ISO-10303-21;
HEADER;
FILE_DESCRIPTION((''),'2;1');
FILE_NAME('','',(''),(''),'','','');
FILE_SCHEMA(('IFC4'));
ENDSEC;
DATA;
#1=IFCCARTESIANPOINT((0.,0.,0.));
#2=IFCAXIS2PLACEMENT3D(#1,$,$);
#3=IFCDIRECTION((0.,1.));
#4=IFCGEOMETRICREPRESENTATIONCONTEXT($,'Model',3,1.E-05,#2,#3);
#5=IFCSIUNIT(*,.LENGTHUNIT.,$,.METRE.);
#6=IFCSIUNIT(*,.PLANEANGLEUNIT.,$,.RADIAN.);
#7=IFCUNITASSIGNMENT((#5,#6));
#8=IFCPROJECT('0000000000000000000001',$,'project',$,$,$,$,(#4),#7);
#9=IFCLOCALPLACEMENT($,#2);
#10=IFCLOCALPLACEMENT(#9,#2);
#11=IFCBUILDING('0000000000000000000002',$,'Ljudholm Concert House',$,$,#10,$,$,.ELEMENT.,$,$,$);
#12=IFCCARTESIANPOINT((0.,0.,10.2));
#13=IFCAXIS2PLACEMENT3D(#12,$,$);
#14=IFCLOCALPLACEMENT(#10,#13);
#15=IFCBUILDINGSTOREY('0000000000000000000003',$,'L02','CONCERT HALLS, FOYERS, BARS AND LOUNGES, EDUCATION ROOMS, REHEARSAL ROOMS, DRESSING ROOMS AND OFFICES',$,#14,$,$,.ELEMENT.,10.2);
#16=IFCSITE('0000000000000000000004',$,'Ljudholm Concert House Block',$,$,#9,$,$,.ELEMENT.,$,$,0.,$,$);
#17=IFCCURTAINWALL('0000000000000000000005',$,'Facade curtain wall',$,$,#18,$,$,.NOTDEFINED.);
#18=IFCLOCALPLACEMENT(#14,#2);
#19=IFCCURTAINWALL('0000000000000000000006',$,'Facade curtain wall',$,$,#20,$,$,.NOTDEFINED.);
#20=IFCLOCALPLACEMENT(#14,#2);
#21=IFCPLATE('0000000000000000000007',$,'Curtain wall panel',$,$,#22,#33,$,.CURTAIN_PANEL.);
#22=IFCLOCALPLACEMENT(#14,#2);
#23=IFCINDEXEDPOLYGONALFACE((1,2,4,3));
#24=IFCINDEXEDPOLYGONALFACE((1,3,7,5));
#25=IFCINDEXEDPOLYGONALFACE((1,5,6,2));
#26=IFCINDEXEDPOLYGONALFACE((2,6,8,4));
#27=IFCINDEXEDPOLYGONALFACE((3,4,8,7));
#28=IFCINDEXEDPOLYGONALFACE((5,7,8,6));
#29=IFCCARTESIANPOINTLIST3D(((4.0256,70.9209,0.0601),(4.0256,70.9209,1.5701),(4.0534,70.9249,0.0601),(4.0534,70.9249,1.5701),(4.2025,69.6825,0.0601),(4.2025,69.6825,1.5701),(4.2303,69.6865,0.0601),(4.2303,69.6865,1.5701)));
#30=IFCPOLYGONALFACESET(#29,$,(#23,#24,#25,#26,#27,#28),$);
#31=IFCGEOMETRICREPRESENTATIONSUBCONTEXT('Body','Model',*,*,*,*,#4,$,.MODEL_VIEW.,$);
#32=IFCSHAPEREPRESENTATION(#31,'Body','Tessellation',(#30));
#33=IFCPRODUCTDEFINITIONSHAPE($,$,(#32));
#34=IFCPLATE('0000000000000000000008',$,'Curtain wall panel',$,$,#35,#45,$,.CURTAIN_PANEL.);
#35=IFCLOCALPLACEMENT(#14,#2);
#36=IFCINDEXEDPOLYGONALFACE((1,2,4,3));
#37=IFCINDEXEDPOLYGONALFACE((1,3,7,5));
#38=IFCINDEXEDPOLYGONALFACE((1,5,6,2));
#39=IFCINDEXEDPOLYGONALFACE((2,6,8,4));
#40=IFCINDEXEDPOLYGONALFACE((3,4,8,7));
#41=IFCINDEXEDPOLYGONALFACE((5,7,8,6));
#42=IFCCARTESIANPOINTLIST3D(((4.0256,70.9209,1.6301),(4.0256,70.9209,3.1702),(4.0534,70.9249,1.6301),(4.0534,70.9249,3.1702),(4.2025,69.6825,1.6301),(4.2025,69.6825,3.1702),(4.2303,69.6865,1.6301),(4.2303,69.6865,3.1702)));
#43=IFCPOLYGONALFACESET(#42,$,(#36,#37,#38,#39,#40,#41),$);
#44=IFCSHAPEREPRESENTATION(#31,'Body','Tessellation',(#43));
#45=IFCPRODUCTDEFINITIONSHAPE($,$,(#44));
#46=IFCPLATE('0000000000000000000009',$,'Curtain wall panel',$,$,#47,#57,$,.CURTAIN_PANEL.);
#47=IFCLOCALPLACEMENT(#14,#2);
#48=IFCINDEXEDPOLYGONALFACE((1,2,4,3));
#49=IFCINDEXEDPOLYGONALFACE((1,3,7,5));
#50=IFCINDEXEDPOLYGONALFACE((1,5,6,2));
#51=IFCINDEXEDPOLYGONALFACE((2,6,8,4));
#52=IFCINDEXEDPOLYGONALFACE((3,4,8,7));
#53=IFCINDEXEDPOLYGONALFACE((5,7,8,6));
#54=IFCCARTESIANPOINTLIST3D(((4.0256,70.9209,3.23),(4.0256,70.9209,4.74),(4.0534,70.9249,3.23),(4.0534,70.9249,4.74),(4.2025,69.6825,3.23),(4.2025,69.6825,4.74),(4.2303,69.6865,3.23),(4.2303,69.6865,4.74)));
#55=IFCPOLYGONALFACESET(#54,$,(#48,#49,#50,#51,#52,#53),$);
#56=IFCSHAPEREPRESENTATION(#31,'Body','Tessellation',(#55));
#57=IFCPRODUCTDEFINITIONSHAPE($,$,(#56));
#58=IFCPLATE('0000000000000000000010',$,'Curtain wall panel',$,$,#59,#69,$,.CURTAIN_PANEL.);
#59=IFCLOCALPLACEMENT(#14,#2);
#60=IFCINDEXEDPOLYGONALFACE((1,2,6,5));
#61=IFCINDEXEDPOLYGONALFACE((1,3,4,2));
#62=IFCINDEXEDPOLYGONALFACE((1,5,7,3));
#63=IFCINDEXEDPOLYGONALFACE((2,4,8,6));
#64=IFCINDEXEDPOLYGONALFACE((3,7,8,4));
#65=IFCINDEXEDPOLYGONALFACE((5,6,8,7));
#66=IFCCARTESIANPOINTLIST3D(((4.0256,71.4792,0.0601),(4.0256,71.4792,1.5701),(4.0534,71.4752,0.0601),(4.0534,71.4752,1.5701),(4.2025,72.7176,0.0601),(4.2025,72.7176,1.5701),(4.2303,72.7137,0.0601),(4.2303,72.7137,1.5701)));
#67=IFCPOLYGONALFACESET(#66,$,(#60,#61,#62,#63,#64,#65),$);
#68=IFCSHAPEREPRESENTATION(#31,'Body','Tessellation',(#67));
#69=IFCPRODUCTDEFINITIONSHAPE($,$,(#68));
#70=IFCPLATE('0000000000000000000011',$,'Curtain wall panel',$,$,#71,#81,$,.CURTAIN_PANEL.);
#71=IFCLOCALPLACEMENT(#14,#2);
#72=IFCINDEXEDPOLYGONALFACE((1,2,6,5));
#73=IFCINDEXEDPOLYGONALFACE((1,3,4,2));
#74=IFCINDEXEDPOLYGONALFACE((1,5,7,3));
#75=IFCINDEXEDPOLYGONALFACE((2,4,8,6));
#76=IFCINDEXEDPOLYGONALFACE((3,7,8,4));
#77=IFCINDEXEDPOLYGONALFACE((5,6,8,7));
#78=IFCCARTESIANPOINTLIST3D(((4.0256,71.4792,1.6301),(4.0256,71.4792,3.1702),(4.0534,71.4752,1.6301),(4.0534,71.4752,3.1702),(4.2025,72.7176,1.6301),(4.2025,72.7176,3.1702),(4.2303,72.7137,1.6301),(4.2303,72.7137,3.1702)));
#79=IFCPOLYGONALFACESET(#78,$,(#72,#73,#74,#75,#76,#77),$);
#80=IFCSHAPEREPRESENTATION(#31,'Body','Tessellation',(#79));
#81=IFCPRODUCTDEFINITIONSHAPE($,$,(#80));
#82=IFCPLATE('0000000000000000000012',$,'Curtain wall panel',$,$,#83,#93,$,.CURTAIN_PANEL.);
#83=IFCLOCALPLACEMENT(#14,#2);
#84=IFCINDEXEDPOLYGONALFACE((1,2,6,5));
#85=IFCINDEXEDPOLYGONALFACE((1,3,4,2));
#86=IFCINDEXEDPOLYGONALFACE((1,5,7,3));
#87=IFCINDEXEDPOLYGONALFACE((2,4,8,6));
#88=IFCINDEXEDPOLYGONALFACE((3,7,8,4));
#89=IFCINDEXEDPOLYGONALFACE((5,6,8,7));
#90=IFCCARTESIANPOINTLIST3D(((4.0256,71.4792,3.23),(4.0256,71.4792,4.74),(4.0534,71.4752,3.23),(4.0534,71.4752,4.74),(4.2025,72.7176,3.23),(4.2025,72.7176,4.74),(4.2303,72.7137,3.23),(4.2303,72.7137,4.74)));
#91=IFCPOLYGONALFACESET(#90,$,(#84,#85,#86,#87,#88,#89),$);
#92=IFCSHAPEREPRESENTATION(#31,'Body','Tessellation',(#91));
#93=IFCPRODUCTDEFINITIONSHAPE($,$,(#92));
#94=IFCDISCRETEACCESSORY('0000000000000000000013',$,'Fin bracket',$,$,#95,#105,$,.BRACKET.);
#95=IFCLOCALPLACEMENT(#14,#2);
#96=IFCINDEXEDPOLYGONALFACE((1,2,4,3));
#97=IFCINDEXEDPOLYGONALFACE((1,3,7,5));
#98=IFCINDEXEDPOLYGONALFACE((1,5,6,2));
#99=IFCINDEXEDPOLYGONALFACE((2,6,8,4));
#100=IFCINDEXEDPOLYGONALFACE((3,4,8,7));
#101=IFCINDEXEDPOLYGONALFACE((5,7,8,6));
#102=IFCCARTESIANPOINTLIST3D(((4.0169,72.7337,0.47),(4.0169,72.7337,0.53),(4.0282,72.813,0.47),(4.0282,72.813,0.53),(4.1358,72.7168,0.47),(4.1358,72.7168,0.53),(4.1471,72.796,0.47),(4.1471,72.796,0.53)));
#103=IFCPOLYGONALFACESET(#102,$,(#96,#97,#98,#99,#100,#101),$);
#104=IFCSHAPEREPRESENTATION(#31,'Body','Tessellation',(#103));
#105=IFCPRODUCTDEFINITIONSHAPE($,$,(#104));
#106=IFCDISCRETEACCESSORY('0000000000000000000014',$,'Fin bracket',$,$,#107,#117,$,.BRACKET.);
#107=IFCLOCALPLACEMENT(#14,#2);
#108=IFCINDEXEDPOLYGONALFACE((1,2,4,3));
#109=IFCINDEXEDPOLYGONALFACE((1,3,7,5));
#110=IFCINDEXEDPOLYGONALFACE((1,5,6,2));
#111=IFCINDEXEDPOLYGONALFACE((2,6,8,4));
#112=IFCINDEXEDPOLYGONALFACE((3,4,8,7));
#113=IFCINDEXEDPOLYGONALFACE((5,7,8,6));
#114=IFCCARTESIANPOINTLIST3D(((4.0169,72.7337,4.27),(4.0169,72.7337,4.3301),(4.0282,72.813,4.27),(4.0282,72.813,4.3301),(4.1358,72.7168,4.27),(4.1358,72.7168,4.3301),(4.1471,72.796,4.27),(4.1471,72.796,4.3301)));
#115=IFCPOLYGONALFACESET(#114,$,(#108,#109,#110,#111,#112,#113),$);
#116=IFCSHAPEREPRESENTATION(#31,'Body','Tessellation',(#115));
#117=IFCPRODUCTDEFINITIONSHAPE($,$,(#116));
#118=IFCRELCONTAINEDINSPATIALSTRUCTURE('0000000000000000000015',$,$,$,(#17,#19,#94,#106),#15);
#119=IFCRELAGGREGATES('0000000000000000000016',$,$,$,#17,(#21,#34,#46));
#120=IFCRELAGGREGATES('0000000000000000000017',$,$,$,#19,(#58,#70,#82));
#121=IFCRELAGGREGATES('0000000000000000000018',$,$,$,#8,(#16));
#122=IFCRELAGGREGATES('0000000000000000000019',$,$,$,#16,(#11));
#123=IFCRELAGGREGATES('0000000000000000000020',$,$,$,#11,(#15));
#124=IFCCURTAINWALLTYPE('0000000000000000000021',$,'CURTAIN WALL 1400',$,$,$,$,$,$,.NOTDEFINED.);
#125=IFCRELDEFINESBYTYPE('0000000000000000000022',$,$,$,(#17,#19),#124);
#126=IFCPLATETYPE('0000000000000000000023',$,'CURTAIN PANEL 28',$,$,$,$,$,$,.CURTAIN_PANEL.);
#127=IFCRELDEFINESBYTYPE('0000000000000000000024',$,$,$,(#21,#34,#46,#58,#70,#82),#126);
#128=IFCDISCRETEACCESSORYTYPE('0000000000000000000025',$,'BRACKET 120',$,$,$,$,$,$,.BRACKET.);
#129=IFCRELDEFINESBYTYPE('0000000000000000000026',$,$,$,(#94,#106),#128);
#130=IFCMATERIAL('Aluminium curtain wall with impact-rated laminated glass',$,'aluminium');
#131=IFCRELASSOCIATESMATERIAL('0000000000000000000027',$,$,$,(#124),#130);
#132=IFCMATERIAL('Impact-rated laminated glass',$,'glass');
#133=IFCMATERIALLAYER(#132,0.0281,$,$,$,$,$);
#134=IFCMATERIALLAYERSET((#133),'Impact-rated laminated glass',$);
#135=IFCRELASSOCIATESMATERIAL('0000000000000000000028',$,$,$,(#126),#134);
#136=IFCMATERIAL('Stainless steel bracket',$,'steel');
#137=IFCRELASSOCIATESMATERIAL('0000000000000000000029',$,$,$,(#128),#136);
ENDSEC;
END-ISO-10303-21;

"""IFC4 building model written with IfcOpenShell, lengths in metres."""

from ifc_helpers import new_model, si_unit, direction, frame, origin, origin_2d, place, context, subcontext, project, spatial, rectangle, extrude, material, layer, layer_set, type_object, element, aggregate, save


model = new_model("IFC4")

# Units and contexts
model_context = context("Model", 3, precision=1e-05, world=origin(), true_north=direction((0.0, 1.0)))
body_context = subcontext(model_context, "Body", "Model", "MODEL_VIEW")
ifc_project = project(units=[si_unit("LENGTHUNIT", "METRE"), si_unit("PLANEANGLEUNIT", "RADIAN")], contexts=[model_context])

# Site, building, storey
site_placement = place(None, origin())
site = spatial("IfcSite", under=ifc_project, at=site_placement, Name="Ljudholm Concert House Block", CompositionType="ELEMENT", RefElevation=0.0)
building_placement = place(site_placement, origin())
building = spatial("IfcBuilding", under=site, at=building_placement, Name="Ljudholm Concert House", CompositionType="ELEMENT")
storey_placement = place(building_placement, frame((0.0, 0.0, 10.2)))
storey = spatial("IfcBuildingStorey", under=building, at=storey_placement, Name="L02", Description="CONCERT HALLS, FOYERS, BARS AND LOUNGES, EDUCATION ROOMS, REHEARSAL ROOMS, DRESSING ROOMS AND OFFICES", CompositionType="ELEMENT", Elevation=10.2)

# Curtain walls
ifc_material_1 = material(Name="Aluminium curtain wall with impact-rated laminated glass", Category="aluminium")
curtain_wall_type = type_object("IfcCurtainWallType", Name="CURTAIN WALL 1400", PredefinedType="NOTDEFINED", material=ifc_material_1)
curtain_wall_1_placement = place(storey_placement, origin())
curtain_wall_1 = element("IfcCurtainWall", 1, at=curtain_wall_1_placement, inside=storey, type_object=curtain_wall_type, Name="Facade curtain wall", PredefinedType="NOTDEFINED")
curtain_wall_2_placement = place(storey_placement, origin())
curtain_wall_2 = element("IfcCurtainWall", 2, at=curtain_wall_2_placement, inside=storey, type_object=curtain_wall_type, Name="Facade curtain wall", PredefinedType="NOTDEFINED")

# Plates
ifc_material_2 = material(Name="Impact-rated laminated glass", Category="glass")
ifc_layer = layer(ifc_material_2, 0.0281)
ifc_layer_set = layer_set([ifc_layer], Name="Impact-rated laminated glass")
plate_type = type_object("IfcPlateType", Name="CURTAIN PANEL 28", PredefinedType="CURTAIN_PANEL", material=ifc_layer_set)
plate_1_placement = place(storey_placement, frame((4.1279, 70.3037, 0.0601), z_axis=(0.0, 0.0, 1.0), x_axis=(-0.141421, 0.989949, 0.0)))
plate_1 = element("IfcPlate", 3, at=plate_1_placement, type_object=plate_type, Name="Curtain wall panel", PredefinedType="CURTAIN_PANEL", context=body_context, shape_type="SweptSolid", body=[
    extrude(rectangle(XDim=1.251, YDim=0.0281, at=origin_2d()), origin(), (0.0, 0.0, 1.0), 1.51),
])
plate_2_placement = place(storey_placement, frame((4.1279, 70.3037, 1.6301), z_axis=(0.0, 0.0, 1.0), x_axis=(-0.141421, 0.989949, 0.0)))
plate_2 = element("IfcPlate", 4, at=plate_2_placement, type_object=plate_type, Name="Curtain wall panel", PredefinedType="CURTAIN_PANEL", context=body_context, shape_type="SweptSolid", body=[
    extrude(rectangle(XDim=1.251, YDim=0.0281, at=origin_2d()), origin(), (0.0, 0.0, 1.0), 1.54),
])
plate_3_placement = place(storey_placement, frame((4.1279, 70.3037, 3.23), z_axis=(0.0, 0.0, 1.0), x_axis=(-0.141421, 0.989949, 0.0)))
plate_3 = element("IfcPlate", 5, at=plate_3_placement, type_object=plate_type, Name="Curtain wall panel", PredefinedType="CURTAIN_PANEL", context=body_context, shape_type="SweptSolid", body=[
    extrude(rectangle(XDim=1.251, YDim=0.0281, at=origin_2d()), origin(), (0.0, 0.0, 1.0), 1.51),
])
aggregate(curtain_wall_1, [plate_1, plate_2, plate_3])
plate_4_placement = place(storey_placement, frame((4.1279, 72.0964, 0.0601), z_axis=(0.0, 0.0, 1.0), x_axis=(0.141421, 0.989949, 0.0)))
plate_4 = element("IfcPlate", 6, at=plate_4_placement, type_object=plate_type, Name="Curtain wall panel", PredefinedType="CURTAIN_PANEL", context=body_context, shape_type="SweptSolid", body=[
    extrude(rectangle(XDim=1.251, YDim=0.0281, at=origin_2d()), origin(), (0.0, 0.0, 1.0), 1.51),
])
plate_5_placement = place(storey_placement, frame((4.1279, 72.0964, 1.6301), z_axis=(0.0, 0.0, 1.0), x_axis=(0.141421, 0.989949, 0.0)))
plate_5 = element("IfcPlate", 7, at=plate_5_placement, type_object=plate_type, Name="Curtain wall panel", PredefinedType="CURTAIN_PANEL", context=body_context, shape_type="SweptSolid", body=[
    extrude(rectangle(XDim=1.251, YDim=0.0281, at=origin_2d()), origin(), (0.0, 0.0, 1.0), 1.54),
])
plate_6_placement = place(storey_placement, frame((4.1279, 72.0964, 3.23), z_axis=(0.0, 0.0, 1.0), x_axis=(0.141421, 0.989949, 0.0)))
plate_6 = element("IfcPlate", 8, at=plate_6_placement, type_object=plate_type, Name="Curtain wall panel", PredefinedType="CURTAIN_PANEL", context=body_context, shape_type="SweptSolid", body=[
    extrude(rectangle(XDim=1.251, YDim=0.0281, at=origin_2d()), origin(), (0.0, 0.0, 1.0), 1.51),
])
aggregate(curtain_wall_2, [plate_4, plate_5, plate_6])

# Discrete accessories
ifc_material_3 = material(Name="Stainless steel bracket", Category="steel")
discrete_accessory_type = type_object("IfcDiscreteAccessoryType", Name="BRACKET 120", PredefinedType="BRACKET", material=ifc_material_3)
for number, where, z_axis, x_axis, name in (
    (9, (4.082, 72.7649, 0.47), (0.0, 0.0, 1.0), (-0.989949, 0.141421, 0.0), "Fin bracket"),
    (10, (4.082, 72.7649, 4.27), (0.0, 0.0, 1.0), (-0.989949, 0.141421, 0.0), "Fin bracket"),
):
    element("IfcDiscreteAccessory", number, at=place(storey_placement, frame(where, z_axis=z_axis, x_axis=x_axis)), inside=storey, type_object=discrete_accessory_type, Name=name, PredefinedType="BRACKET", context=body_context, shape_type="SweptSolid", body=[
        extrude(rectangle(XDim=0.1201, YDim=0.0801, at=origin_2d()), origin(), (0.0, 0.0, 1.0), 0.0601),
    ])

save(model, "model.ifc")
